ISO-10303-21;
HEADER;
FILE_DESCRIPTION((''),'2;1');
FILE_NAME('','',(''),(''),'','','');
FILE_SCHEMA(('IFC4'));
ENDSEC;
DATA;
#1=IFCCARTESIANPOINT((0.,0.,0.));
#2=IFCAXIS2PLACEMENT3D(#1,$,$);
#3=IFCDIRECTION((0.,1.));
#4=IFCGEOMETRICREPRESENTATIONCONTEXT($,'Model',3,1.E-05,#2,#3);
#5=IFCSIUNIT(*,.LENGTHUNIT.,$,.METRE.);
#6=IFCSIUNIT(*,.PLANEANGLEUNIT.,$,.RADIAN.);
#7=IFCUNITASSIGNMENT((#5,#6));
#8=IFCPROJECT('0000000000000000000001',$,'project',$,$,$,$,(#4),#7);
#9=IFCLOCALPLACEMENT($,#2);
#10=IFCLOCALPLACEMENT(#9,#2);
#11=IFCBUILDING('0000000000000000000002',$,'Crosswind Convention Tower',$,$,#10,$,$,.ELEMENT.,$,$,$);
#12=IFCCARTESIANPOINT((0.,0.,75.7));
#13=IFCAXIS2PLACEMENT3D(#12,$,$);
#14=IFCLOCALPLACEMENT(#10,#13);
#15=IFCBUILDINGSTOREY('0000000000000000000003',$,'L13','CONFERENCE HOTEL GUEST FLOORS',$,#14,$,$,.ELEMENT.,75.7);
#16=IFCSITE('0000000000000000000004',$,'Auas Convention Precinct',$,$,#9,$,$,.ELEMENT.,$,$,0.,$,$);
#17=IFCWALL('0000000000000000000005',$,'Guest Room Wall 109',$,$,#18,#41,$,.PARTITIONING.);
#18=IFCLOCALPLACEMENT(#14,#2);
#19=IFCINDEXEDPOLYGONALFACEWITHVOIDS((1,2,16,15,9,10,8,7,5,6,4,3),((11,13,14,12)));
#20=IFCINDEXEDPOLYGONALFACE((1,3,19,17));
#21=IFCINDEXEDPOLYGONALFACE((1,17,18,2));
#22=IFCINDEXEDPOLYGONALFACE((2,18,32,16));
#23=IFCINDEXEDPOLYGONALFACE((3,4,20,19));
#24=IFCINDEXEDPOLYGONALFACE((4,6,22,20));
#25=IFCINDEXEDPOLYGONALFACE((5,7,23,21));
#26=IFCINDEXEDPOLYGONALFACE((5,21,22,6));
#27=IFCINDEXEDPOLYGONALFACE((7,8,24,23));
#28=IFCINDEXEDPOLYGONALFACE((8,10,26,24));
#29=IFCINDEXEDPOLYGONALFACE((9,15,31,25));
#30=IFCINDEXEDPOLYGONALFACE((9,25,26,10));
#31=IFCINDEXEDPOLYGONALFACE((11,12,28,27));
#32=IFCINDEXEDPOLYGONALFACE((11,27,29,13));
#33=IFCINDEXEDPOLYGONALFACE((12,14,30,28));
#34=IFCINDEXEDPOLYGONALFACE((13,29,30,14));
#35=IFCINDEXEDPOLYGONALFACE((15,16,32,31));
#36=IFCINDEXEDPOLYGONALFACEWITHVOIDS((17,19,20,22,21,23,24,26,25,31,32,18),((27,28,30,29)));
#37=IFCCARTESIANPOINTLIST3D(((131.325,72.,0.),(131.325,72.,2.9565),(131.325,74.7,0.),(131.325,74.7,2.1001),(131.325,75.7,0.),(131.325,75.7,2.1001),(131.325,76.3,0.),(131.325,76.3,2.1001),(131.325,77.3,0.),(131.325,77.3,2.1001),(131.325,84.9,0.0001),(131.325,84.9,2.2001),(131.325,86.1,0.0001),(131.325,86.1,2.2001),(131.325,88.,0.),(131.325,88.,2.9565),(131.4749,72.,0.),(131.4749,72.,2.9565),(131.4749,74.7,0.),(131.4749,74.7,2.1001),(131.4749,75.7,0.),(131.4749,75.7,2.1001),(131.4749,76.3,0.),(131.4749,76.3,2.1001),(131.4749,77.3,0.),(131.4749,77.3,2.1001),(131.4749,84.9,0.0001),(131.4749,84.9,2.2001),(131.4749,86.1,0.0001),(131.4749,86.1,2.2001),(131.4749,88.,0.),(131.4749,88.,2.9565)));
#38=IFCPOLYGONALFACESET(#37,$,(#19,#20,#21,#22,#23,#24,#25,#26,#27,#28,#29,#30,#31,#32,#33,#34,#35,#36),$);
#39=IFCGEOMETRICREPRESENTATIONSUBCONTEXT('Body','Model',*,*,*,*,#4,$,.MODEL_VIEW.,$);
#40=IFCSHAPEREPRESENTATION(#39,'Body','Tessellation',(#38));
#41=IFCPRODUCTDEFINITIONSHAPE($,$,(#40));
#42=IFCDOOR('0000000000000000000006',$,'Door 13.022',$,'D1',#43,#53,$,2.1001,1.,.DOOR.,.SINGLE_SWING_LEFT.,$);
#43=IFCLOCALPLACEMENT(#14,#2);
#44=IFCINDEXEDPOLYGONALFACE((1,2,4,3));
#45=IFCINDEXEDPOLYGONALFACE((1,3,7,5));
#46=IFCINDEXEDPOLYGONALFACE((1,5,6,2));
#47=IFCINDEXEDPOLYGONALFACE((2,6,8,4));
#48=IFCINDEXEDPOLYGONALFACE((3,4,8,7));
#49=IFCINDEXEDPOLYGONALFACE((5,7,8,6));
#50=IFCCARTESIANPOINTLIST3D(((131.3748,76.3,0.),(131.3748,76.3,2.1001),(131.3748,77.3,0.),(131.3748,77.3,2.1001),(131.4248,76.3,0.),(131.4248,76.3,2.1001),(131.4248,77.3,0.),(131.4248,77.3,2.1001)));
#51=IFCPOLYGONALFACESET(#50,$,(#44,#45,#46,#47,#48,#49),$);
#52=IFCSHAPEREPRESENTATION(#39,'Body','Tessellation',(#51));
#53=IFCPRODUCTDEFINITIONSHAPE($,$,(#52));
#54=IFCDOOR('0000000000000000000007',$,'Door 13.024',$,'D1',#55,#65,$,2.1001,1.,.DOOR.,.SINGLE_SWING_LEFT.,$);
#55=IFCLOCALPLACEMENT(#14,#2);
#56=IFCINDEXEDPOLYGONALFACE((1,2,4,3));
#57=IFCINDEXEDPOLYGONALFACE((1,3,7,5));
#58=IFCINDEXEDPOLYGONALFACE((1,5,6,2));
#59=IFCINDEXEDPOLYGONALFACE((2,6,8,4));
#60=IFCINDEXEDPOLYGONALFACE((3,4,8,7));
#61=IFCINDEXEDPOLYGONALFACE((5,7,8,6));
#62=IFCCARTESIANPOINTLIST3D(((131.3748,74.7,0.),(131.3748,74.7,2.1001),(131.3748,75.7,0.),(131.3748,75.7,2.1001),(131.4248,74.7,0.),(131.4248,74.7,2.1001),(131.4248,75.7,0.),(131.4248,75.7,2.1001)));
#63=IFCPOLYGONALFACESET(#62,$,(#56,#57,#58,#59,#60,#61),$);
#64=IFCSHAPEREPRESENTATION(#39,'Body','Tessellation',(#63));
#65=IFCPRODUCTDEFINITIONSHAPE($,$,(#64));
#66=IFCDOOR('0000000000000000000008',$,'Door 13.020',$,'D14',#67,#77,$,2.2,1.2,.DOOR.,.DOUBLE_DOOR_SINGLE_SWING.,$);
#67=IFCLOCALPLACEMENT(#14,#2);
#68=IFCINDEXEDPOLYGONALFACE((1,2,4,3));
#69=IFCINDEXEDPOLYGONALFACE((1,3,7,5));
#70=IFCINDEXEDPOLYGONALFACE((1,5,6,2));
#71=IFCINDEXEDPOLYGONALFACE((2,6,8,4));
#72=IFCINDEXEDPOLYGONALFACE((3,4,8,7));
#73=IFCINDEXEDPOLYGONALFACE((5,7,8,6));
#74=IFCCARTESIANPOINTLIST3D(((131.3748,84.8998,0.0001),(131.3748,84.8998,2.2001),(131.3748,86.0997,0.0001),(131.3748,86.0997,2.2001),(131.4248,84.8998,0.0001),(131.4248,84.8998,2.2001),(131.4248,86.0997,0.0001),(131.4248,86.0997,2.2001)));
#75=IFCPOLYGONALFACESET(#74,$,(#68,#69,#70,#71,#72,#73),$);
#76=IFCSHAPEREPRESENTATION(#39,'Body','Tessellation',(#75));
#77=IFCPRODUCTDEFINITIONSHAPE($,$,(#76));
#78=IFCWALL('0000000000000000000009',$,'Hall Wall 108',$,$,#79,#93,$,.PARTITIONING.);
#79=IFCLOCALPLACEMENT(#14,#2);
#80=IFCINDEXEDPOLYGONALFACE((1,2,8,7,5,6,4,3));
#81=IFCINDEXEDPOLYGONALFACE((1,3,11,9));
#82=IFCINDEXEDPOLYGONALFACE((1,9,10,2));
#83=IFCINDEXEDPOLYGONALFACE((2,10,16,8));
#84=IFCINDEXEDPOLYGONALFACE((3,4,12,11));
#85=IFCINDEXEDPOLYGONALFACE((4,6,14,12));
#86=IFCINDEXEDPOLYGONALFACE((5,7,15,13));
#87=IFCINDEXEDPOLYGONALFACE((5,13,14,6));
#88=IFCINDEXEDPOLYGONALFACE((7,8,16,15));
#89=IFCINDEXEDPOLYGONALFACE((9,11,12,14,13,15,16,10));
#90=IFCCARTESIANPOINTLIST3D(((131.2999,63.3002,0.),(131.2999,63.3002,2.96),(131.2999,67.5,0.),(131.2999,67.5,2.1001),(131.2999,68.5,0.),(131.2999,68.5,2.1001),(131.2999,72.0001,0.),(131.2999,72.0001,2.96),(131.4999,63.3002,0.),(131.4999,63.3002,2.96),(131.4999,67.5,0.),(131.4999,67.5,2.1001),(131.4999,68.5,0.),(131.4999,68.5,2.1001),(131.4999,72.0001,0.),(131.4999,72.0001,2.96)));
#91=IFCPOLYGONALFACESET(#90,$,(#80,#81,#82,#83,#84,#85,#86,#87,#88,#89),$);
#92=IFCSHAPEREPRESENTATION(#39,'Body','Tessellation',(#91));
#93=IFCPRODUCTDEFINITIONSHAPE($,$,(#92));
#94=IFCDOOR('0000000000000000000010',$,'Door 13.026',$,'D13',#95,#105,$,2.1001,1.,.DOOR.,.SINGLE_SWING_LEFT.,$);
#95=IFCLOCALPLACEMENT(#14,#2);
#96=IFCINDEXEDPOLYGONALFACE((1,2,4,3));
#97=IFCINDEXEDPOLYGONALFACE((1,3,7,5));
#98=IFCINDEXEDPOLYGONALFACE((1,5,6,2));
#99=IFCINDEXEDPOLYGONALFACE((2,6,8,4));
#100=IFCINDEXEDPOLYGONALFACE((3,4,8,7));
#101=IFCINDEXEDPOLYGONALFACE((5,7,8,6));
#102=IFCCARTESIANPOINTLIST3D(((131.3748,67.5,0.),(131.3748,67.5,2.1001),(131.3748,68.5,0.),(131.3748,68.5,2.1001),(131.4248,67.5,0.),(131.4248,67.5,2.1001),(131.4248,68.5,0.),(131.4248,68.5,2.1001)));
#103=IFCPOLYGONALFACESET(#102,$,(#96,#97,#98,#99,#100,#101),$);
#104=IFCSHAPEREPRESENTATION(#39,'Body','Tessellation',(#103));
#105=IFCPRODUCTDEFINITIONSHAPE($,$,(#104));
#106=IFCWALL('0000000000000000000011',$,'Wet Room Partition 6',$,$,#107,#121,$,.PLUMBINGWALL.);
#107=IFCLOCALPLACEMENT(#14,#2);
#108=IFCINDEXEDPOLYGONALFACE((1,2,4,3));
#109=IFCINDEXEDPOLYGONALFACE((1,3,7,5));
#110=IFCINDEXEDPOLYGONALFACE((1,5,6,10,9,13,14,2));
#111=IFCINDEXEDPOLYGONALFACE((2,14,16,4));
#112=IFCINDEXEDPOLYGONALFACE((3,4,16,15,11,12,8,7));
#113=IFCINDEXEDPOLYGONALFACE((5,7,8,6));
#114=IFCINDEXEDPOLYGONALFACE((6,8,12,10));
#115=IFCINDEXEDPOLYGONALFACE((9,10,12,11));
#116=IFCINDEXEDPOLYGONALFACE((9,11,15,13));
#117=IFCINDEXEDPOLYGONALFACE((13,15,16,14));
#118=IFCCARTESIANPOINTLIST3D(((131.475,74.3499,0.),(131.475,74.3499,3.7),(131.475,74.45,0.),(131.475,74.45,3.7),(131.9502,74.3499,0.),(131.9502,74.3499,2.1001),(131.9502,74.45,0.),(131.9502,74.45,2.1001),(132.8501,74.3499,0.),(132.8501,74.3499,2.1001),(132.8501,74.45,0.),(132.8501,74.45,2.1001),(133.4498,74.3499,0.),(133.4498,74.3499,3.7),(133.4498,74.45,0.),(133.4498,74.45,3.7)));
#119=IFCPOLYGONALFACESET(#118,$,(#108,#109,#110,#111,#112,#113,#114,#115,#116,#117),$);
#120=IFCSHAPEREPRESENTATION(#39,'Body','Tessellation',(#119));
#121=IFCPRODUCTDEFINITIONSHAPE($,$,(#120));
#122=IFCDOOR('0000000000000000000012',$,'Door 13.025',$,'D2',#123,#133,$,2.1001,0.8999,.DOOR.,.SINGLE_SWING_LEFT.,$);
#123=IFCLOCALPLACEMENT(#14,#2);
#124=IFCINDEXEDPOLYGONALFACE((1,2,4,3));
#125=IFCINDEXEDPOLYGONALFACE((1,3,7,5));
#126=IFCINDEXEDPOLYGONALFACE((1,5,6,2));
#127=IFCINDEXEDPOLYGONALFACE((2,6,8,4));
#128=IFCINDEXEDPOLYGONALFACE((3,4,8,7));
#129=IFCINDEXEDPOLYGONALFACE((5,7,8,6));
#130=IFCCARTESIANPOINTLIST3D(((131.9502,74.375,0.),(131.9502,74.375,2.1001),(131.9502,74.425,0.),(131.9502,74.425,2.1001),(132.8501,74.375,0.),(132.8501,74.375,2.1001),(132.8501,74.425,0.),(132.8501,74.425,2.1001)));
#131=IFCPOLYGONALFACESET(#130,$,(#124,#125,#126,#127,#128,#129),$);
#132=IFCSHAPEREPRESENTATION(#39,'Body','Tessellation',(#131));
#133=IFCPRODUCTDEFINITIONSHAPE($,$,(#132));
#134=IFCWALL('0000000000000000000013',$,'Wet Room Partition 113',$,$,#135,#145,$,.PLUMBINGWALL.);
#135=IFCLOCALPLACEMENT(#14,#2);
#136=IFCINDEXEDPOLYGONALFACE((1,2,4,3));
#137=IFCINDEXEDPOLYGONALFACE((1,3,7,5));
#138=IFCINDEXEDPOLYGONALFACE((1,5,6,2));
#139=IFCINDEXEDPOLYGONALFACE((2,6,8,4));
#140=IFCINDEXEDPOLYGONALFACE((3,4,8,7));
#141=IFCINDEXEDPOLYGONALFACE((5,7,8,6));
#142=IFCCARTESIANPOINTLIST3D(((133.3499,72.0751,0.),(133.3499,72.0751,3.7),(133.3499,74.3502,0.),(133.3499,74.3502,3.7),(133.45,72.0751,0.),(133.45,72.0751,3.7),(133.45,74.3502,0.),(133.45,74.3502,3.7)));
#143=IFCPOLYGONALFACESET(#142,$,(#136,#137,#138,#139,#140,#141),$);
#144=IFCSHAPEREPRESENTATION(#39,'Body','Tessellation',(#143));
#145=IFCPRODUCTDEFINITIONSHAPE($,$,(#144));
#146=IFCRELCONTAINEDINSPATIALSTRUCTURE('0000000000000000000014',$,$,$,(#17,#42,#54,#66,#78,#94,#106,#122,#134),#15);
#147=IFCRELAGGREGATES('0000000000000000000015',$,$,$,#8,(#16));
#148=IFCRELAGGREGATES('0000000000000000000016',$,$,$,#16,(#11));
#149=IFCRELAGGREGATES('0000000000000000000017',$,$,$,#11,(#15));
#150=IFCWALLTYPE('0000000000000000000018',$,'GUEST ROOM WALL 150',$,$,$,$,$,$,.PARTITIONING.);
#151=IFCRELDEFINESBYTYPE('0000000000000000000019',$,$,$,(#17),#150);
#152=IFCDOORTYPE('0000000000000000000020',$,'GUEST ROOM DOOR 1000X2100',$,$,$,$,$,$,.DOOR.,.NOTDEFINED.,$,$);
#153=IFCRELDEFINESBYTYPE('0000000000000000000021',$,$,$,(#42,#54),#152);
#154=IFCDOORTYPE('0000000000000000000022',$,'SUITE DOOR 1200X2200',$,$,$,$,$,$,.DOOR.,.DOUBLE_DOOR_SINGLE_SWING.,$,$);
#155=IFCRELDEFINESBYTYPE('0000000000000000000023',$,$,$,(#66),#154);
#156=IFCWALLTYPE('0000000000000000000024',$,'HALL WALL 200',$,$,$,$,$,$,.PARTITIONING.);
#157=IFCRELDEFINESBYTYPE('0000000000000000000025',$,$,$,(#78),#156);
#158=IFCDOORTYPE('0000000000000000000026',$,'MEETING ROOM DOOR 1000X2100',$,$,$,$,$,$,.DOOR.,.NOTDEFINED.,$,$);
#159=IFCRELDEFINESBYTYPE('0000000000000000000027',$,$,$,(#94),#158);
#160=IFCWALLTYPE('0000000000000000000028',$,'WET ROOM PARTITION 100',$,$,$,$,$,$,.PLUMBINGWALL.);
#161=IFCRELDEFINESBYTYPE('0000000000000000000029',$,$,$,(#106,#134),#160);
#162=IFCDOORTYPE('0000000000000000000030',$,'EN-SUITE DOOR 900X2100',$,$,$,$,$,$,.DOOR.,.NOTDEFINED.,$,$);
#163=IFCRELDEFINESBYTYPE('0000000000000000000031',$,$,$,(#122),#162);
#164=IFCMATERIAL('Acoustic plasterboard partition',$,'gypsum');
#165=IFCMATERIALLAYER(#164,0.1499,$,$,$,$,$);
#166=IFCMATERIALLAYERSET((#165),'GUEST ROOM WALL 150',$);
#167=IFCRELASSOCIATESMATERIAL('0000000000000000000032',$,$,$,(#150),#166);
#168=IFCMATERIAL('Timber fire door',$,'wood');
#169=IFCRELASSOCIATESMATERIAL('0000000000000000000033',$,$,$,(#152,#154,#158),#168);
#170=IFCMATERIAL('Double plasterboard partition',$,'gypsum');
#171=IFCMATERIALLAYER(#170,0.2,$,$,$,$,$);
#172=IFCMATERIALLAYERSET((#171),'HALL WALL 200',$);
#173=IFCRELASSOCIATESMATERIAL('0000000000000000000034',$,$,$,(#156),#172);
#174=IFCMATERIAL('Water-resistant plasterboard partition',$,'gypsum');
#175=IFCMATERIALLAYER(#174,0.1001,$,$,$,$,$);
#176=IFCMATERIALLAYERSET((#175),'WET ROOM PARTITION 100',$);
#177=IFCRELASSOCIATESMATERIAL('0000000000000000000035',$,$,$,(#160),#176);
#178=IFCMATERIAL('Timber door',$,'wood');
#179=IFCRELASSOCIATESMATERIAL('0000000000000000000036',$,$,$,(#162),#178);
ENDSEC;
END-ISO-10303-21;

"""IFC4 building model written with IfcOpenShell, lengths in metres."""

from ifc_helpers import new_model, si_unit, direction, frame, frame_2d, origin, place, context, subcontext, project, spatial, rectangle, extrude, material, layer, layer_set, type_object, element, fill, save


model = new_model("IFC4")

# Units and contexts
model_context = context("Model", 3, precision=1e-05, world=origin(), true_north=direction((0.0, 1.0)))
body_context = subcontext(model_context, "Body", "Model", "MODEL_VIEW")
ifc_project = project(units=[si_unit("LENGTHUNIT", "METRE"), si_unit("PLANEANGLEUNIT", "RADIAN")], contexts=[model_context])

# Site, building, storey
site_placement = place(None, origin())
site = spatial("IfcSite", under=ifc_project, at=site_placement, Name="Auas Convention Precinct", CompositionType="ELEMENT", RefElevation=0.0)
building_placement = place(site_placement, origin())
building = spatial("IfcBuilding", under=site, at=building_placement, Name="Crosswind Convention Tower", CompositionType="ELEMENT")
storey_placement = place(building_placement, frame((0.0, 0.0, 75.7)))
storey = spatial("IfcBuildingStorey", under=building, at=storey_placement, Name="L13", Description="CONFERENCE HOTEL GUEST FLOORS", CompositionType="ELEMENT", Elevation=75.7)

# Shared definitions
ifc_material_1 = material(Name="Acoustic plasterboard partition", Category="gypsum")
ifc_layer_1 = layer(ifc_material_1, 0.1499)
ifc_layer_set_1 = layer_set([ifc_layer_1], Name="GUEST ROOM WALL 150")
wall_type_1 = type_object("IfcWallType", Name="GUEST ROOM WALL 150", PredefinedType="PARTITIONING", material=ifc_layer_set_1)

# Wall, openings, doors
wall_1_placement = place(storey_placement, frame((131.3999, 72.0, 0.0), z_axis=(0.0, 0.0, 1.0), x_axis=(0.0, 1.0, 0.0)))
wall_1 = element("IfcWall", 1, at=wall_1_placement, inside=storey, type_object=wall_type_1, Name="Guest Room Wall 109", PredefinedType="PARTITIONING", context=body_context, shape_type="SweptSolid", body=[
    extrude(rectangle(XDim=16.0, YDim=0.1499, at=frame_2d((8.0, 0.0))), origin(), (0.0, 0.0, 1.0), 2.9565),
])
opening_1_placement = place(wall_1_placement, frame((12.8999, 0.0, 0.0)))
opening_1 = element("IfcOpeningElement", 2, at=opening_1_placement, cuts=wall_1, PredefinedType="OPENING", context=body_context, shape_type="SweptSolid", body=[
    extrude(rectangle(XDim=1.2, YDim=2.2, at=frame_2d((0.6001, 1.1001))), frame((0.0, 0.085, 0.0), z_axis=(0.0, -1.0, 0.0), x_axis=(1.0, 0.0, 0.0)), (0.0, 0.0, 1.0), 0.1699),
])
opening_2_placement = place(wall_1_placement, frame((4.3, 0.0, 0.0)))
opening_2 = element("IfcOpeningElement", 3, at=opening_2_placement, cuts=wall_1, PredefinedType="OPENING", context=body_context, shape_type="SweptSolid", body=[
    extrude(rectangle(XDim=1.0, YDim=2.1001, at=frame_2d((0.5, 1.05))), frame((0.0, 0.085, 0.0), z_axis=(0.0, -1.0, 0.0), x_axis=(1.0, 0.0, 0.0)), (0.0, 0.0, 1.0), 0.1699),
])
opening_3_placement = place(wall_1_placement, frame((2.7, 0.0, 0.0)))
opening_3 = element("IfcOpeningElement", 4, at=opening_3_placement, cuts=wall_1, PredefinedType="OPENING", context=body_context, shape_type="SweptSolid", body=[
    extrude(rectangle(XDim=1.0, YDim=2.1001, at=frame_2d((0.5, 1.05))), frame((0.0, 0.085, 0.0), z_axis=(0.0, -1.0, 0.0), x_axis=(1.0, 0.0, 0.0)), (0.0, 0.0, 1.0), 0.1699),
])
ifc_material_2 = material(Name="Timber fire door", Category="wood")
door_type_1 = type_object("IfcDoorType", Name="GUEST ROOM DOOR 1000X2100", OperationType="NOTDEFINED", PredefinedType="DOOR", material=ifc_material_2)
door_1_placement = place(opening_2_placement, frame((1.0, 0.0, 0.0), z_axis=(0.0, 0.0, 1.0), x_axis=(-1.0, 0.0, 0.0)))
door_1 = element("IfcDoor", 5, at=door_1_placement, inside=storey, type_object=door_type_1, Name="Door 13.022", ObjectType="D1", OperationType="SINGLE_SWING_LEFT", OverallHeight=2.1001, OverallWidth=1.0, PredefinedType="DOOR", context=body_context, shape_type="SweptSolid", body=[
    extrude(rectangle(XDim=1.0, YDim=2.1001, at=frame_2d((0.5, 1.05))), frame((0.0, 0.0249, 0.0), z_axis=(0.0, -1.0, 0.0), x_axis=(1.0, 0.0, 0.0)), (0.0, 0.0, 1.0), 0.05),
])
fill(opening_2, door_1)
door_2_placement = place(opening_3_placement, frame((1.0, 0.0, 0.0), z_axis=(0.0, 0.0, 1.0), x_axis=(-1.0, 0.0, 0.0)))
door_2 = element("IfcDoor", 6, at=door_2_placement, inside=storey, type_object=door_type_1, Name="Door 13.024", ObjectType="D1", OperationType="SINGLE_SWING_LEFT", OverallHeight=2.1001, OverallWidth=1.0, PredefinedType="DOOR", context=body_context, shape_type="SweptSolid", body=[
    extrude(rectangle(XDim=1.0, YDim=2.1001, at=frame_2d((0.5, 1.05))), frame((0.0, 0.0249, 0.0), z_axis=(0.0, -1.0, 0.0), x_axis=(1.0, 0.0, 0.0)), (0.0, 0.0, 1.0), 0.05),
])
fill(opening_3, door_2)
door_type_2 = type_object("IfcDoorType", Name="SUITE DOOR 1200X2200", OperationType="DOUBLE_DOOR_SINGLE_SWING", PredefinedType="DOOR", material=ifc_material_2)
door_3_placement = place(opening_1_placement, frame((1.2, 0.0, 0.0), z_axis=(0.0, 0.0, 1.0), x_axis=(-1.0, 0.0, 0.0)))
door_3 = element("IfcDoor", 7, at=door_3_placement, inside=storey, type_object=door_type_2, Name="Door 13.020", ObjectType="D14", OperationType="DOUBLE_DOOR_SINGLE_SWING", OverallHeight=2.2, OverallWidth=1.2, PredefinedType="DOOR", context=body_context, shape_type="SweptSolid", body=[
    extrude(rectangle(XDim=1.2, YDim=2.2, at=frame_2d((0.6001, 1.1001))), frame((0.0, 0.0249, 0.0), z_axis=(0.0, -1.0, 0.0), x_axis=(1.0, 0.0, 0.0)), (0.0, 0.0, 1.0), 0.05),
])
fill(opening_1, door_3)

# Walls, openings, doors
ifc_material_3 = material(Name="Double plasterboard partition", Category="gypsum")
ifc_layer_2 = layer(ifc_material_3, 0.2)
ifc_layer_set_2 = layer_set([ifc_layer_2], Name="HALL WALL 200")
wall_type_2 = type_object("IfcWallType", Name="HALL WALL 200", PredefinedType="PARTITIONING", material=ifc_layer_set_2)
wall_2_placement = place(storey_placement, frame((131.3999, 63.3, 0.0), z_axis=(0.0, 0.0, 1.0), x_axis=(0.0, 1.0, 0.0)))
wall_2 = element("IfcWall", 8, at=wall_2_placement, inside=storey, type_object=wall_type_2, Name="Hall Wall 108", PredefinedType="PARTITIONING", context=body_context, shape_type="SweptSolid", body=[
    extrude(rectangle(XDim=8.7, YDim=0.2, at=frame_2d((4.3501, 0.0))), origin(), (0.0, 0.0, 1.0), 2.96),
])
opening_4_placement = place(wall_2_placement, frame((4.2, 0.0, 0.0)))
opening_4 = element("IfcOpeningElement", 9, at=opening_4_placement, cuts=wall_2, PredefinedType="OPENING", context=body_context, shape_type="SweptSolid", body=[
    extrude(rectangle(XDim=1.0, YDim=2.1001, at=frame_2d((0.5, 1.05))), frame((0.0, 0.1099, 0.0), z_axis=(0.0, -1.0, 0.0), x_axis=(1.0, 0.0, 0.0)), (0.0, 0.0, 1.0), 0.22),
])
door_type_3 = type_object("IfcDoorType", Name="MEETING ROOM DOOR 1000X2100", OperationType="NOTDEFINED", PredefinedType="DOOR", material=ifc_material_2)
door_4_placement = place(opening_4_placement, frame((1.0, 0.0, 0.0), z_axis=(0.0, 0.0, 1.0), x_axis=(-1.0, 0.0, 0.0)))
door_4 = element("IfcDoor", 10, at=door_4_placement, inside=storey, type_object=door_type_3, Name="Door 13.026", ObjectType="D13", OperationType="SINGLE_SWING_LEFT", OverallHeight=2.1001, OverallWidth=1.0, PredefinedType="DOOR", context=body_context, shape_type="SweptSolid", body=[
    extrude(rectangle(XDim=1.0, YDim=2.1001, at=frame_2d((0.5, 1.05))), frame((0.0, 0.0249, 0.0), z_axis=(0.0, -1.0, 0.0), x_axis=(1.0, 0.0, 0.0)), (0.0, 0.0, 1.0), 0.05),
])
fill(opening_4, door_4)
ifc_material_4 = material(Name="Water-resistant plasterboard partition", Category="gypsum")
ifc_layer_3 = layer(ifc_material_4, 0.1001)
ifc_layer_set_3 = layer_set([ifc_layer_3], Name="WET ROOM PARTITION 100")
wall_type_3 = type_object("IfcWallType", Name="WET ROOM PARTITION 100", PredefinedType="PLUMBINGWALL", material=ifc_layer_set_3)
wall_3_placement = place(storey_placement, frame((131.4751, 74.3999, 0.0), z_axis=(0.0, 0.0, 1.0), x_axis=(1.0, 0.0, 0.0)))
wall_3 = element("IfcWall", 11, at=wall_3_placement, inside=storey, type_object=wall_type_3, Name="Wet Room Partition 6", PredefinedType="PLUMBINGWALL", context=body_context, shape_type="SweptSolid", body=[
    extrude(rectangle(XDim=1.9749, YDim=0.1001, at=frame_2d((0.9873, 0.0))), origin(), (0.0, 0.0, 1.0), 3.7),
])
opening_5_placement = place(wall_3_placement, frame((0.4751, 0.0, 0.0)))
opening_5 = element("IfcOpeningElement", 12, at=opening_5_placement, cuts=wall_3, PredefinedType="OPENING", context=body_context, shape_type="SweptSolid", body=[
    extrude(rectangle(XDim=0.8999, YDim=2.1001, at=frame_2d((0.45, 1.05))), frame((0.0, 0.0601, 0.0), z_axis=(0.0, -1.0, 0.0), x_axis=(1.0, 0.0, 0.0)), (0.0, 0.0, 1.0), 0.1201),
])
ifc_material_5 = material(Name="Timber door", Category="wood")
door_type_4 = type_object("IfcDoorType", Name="EN-SUITE DOOR 900X2100", OperationType="NOTDEFINED", PredefinedType="DOOR", material=ifc_material_5)
door_5_placement = place(opening_5_placement, frame((0.8999, 0.0, 0.0), z_axis=(0.0, 0.0, 1.0), x_axis=(-1.0, 0.0, 0.0)))
door_5 = element("IfcDoor", 13, at=door_5_placement, inside=storey, type_object=door_type_4, Name="Door 13.025", ObjectType="D2", OperationType="SINGLE_SWING_LEFT", OverallHeight=2.1001, OverallWidth=0.8999, PredefinedType="DOOR", context=body_context, shape_type="SweptSolid", body=[
    extrude(rectangle(XDim=0.8999, YDim=2.1001, at=frame_2d((0.45, 1.05))), frame((0.0, 0.0249, 0.0), z_axis=(0.0, -1.0, 0.0), x_axis=(1.0, 0.0, 0.0)), (0.0, 0.0, 1.0), 0.05),
])
fill(opening_5, door_5)

# Wall
wall_4_placement = place(storey_placement, frame((133.3999, 72.075, 0.0), z_axis=(0.0, 0.0, 1.0), x_axis=(0.0, 1.0, 0.0)))
element("IfcWall", 14, at=wall_4_placement, inside=storey, type_object=wall_type_3, Name="Wet Room Partition 113", PredefinedType="PLUMBINGWALL", context=body_context, shape_type="SweptSolid", body=[
    extrude(rectangle(XDim=2.2751, YDim=0.1001, at=frame_2d((1.1377, 0.0))), origin(), (0.0, 0.0, 1.0), 3.7),
])

save(model, "model.ifc")
